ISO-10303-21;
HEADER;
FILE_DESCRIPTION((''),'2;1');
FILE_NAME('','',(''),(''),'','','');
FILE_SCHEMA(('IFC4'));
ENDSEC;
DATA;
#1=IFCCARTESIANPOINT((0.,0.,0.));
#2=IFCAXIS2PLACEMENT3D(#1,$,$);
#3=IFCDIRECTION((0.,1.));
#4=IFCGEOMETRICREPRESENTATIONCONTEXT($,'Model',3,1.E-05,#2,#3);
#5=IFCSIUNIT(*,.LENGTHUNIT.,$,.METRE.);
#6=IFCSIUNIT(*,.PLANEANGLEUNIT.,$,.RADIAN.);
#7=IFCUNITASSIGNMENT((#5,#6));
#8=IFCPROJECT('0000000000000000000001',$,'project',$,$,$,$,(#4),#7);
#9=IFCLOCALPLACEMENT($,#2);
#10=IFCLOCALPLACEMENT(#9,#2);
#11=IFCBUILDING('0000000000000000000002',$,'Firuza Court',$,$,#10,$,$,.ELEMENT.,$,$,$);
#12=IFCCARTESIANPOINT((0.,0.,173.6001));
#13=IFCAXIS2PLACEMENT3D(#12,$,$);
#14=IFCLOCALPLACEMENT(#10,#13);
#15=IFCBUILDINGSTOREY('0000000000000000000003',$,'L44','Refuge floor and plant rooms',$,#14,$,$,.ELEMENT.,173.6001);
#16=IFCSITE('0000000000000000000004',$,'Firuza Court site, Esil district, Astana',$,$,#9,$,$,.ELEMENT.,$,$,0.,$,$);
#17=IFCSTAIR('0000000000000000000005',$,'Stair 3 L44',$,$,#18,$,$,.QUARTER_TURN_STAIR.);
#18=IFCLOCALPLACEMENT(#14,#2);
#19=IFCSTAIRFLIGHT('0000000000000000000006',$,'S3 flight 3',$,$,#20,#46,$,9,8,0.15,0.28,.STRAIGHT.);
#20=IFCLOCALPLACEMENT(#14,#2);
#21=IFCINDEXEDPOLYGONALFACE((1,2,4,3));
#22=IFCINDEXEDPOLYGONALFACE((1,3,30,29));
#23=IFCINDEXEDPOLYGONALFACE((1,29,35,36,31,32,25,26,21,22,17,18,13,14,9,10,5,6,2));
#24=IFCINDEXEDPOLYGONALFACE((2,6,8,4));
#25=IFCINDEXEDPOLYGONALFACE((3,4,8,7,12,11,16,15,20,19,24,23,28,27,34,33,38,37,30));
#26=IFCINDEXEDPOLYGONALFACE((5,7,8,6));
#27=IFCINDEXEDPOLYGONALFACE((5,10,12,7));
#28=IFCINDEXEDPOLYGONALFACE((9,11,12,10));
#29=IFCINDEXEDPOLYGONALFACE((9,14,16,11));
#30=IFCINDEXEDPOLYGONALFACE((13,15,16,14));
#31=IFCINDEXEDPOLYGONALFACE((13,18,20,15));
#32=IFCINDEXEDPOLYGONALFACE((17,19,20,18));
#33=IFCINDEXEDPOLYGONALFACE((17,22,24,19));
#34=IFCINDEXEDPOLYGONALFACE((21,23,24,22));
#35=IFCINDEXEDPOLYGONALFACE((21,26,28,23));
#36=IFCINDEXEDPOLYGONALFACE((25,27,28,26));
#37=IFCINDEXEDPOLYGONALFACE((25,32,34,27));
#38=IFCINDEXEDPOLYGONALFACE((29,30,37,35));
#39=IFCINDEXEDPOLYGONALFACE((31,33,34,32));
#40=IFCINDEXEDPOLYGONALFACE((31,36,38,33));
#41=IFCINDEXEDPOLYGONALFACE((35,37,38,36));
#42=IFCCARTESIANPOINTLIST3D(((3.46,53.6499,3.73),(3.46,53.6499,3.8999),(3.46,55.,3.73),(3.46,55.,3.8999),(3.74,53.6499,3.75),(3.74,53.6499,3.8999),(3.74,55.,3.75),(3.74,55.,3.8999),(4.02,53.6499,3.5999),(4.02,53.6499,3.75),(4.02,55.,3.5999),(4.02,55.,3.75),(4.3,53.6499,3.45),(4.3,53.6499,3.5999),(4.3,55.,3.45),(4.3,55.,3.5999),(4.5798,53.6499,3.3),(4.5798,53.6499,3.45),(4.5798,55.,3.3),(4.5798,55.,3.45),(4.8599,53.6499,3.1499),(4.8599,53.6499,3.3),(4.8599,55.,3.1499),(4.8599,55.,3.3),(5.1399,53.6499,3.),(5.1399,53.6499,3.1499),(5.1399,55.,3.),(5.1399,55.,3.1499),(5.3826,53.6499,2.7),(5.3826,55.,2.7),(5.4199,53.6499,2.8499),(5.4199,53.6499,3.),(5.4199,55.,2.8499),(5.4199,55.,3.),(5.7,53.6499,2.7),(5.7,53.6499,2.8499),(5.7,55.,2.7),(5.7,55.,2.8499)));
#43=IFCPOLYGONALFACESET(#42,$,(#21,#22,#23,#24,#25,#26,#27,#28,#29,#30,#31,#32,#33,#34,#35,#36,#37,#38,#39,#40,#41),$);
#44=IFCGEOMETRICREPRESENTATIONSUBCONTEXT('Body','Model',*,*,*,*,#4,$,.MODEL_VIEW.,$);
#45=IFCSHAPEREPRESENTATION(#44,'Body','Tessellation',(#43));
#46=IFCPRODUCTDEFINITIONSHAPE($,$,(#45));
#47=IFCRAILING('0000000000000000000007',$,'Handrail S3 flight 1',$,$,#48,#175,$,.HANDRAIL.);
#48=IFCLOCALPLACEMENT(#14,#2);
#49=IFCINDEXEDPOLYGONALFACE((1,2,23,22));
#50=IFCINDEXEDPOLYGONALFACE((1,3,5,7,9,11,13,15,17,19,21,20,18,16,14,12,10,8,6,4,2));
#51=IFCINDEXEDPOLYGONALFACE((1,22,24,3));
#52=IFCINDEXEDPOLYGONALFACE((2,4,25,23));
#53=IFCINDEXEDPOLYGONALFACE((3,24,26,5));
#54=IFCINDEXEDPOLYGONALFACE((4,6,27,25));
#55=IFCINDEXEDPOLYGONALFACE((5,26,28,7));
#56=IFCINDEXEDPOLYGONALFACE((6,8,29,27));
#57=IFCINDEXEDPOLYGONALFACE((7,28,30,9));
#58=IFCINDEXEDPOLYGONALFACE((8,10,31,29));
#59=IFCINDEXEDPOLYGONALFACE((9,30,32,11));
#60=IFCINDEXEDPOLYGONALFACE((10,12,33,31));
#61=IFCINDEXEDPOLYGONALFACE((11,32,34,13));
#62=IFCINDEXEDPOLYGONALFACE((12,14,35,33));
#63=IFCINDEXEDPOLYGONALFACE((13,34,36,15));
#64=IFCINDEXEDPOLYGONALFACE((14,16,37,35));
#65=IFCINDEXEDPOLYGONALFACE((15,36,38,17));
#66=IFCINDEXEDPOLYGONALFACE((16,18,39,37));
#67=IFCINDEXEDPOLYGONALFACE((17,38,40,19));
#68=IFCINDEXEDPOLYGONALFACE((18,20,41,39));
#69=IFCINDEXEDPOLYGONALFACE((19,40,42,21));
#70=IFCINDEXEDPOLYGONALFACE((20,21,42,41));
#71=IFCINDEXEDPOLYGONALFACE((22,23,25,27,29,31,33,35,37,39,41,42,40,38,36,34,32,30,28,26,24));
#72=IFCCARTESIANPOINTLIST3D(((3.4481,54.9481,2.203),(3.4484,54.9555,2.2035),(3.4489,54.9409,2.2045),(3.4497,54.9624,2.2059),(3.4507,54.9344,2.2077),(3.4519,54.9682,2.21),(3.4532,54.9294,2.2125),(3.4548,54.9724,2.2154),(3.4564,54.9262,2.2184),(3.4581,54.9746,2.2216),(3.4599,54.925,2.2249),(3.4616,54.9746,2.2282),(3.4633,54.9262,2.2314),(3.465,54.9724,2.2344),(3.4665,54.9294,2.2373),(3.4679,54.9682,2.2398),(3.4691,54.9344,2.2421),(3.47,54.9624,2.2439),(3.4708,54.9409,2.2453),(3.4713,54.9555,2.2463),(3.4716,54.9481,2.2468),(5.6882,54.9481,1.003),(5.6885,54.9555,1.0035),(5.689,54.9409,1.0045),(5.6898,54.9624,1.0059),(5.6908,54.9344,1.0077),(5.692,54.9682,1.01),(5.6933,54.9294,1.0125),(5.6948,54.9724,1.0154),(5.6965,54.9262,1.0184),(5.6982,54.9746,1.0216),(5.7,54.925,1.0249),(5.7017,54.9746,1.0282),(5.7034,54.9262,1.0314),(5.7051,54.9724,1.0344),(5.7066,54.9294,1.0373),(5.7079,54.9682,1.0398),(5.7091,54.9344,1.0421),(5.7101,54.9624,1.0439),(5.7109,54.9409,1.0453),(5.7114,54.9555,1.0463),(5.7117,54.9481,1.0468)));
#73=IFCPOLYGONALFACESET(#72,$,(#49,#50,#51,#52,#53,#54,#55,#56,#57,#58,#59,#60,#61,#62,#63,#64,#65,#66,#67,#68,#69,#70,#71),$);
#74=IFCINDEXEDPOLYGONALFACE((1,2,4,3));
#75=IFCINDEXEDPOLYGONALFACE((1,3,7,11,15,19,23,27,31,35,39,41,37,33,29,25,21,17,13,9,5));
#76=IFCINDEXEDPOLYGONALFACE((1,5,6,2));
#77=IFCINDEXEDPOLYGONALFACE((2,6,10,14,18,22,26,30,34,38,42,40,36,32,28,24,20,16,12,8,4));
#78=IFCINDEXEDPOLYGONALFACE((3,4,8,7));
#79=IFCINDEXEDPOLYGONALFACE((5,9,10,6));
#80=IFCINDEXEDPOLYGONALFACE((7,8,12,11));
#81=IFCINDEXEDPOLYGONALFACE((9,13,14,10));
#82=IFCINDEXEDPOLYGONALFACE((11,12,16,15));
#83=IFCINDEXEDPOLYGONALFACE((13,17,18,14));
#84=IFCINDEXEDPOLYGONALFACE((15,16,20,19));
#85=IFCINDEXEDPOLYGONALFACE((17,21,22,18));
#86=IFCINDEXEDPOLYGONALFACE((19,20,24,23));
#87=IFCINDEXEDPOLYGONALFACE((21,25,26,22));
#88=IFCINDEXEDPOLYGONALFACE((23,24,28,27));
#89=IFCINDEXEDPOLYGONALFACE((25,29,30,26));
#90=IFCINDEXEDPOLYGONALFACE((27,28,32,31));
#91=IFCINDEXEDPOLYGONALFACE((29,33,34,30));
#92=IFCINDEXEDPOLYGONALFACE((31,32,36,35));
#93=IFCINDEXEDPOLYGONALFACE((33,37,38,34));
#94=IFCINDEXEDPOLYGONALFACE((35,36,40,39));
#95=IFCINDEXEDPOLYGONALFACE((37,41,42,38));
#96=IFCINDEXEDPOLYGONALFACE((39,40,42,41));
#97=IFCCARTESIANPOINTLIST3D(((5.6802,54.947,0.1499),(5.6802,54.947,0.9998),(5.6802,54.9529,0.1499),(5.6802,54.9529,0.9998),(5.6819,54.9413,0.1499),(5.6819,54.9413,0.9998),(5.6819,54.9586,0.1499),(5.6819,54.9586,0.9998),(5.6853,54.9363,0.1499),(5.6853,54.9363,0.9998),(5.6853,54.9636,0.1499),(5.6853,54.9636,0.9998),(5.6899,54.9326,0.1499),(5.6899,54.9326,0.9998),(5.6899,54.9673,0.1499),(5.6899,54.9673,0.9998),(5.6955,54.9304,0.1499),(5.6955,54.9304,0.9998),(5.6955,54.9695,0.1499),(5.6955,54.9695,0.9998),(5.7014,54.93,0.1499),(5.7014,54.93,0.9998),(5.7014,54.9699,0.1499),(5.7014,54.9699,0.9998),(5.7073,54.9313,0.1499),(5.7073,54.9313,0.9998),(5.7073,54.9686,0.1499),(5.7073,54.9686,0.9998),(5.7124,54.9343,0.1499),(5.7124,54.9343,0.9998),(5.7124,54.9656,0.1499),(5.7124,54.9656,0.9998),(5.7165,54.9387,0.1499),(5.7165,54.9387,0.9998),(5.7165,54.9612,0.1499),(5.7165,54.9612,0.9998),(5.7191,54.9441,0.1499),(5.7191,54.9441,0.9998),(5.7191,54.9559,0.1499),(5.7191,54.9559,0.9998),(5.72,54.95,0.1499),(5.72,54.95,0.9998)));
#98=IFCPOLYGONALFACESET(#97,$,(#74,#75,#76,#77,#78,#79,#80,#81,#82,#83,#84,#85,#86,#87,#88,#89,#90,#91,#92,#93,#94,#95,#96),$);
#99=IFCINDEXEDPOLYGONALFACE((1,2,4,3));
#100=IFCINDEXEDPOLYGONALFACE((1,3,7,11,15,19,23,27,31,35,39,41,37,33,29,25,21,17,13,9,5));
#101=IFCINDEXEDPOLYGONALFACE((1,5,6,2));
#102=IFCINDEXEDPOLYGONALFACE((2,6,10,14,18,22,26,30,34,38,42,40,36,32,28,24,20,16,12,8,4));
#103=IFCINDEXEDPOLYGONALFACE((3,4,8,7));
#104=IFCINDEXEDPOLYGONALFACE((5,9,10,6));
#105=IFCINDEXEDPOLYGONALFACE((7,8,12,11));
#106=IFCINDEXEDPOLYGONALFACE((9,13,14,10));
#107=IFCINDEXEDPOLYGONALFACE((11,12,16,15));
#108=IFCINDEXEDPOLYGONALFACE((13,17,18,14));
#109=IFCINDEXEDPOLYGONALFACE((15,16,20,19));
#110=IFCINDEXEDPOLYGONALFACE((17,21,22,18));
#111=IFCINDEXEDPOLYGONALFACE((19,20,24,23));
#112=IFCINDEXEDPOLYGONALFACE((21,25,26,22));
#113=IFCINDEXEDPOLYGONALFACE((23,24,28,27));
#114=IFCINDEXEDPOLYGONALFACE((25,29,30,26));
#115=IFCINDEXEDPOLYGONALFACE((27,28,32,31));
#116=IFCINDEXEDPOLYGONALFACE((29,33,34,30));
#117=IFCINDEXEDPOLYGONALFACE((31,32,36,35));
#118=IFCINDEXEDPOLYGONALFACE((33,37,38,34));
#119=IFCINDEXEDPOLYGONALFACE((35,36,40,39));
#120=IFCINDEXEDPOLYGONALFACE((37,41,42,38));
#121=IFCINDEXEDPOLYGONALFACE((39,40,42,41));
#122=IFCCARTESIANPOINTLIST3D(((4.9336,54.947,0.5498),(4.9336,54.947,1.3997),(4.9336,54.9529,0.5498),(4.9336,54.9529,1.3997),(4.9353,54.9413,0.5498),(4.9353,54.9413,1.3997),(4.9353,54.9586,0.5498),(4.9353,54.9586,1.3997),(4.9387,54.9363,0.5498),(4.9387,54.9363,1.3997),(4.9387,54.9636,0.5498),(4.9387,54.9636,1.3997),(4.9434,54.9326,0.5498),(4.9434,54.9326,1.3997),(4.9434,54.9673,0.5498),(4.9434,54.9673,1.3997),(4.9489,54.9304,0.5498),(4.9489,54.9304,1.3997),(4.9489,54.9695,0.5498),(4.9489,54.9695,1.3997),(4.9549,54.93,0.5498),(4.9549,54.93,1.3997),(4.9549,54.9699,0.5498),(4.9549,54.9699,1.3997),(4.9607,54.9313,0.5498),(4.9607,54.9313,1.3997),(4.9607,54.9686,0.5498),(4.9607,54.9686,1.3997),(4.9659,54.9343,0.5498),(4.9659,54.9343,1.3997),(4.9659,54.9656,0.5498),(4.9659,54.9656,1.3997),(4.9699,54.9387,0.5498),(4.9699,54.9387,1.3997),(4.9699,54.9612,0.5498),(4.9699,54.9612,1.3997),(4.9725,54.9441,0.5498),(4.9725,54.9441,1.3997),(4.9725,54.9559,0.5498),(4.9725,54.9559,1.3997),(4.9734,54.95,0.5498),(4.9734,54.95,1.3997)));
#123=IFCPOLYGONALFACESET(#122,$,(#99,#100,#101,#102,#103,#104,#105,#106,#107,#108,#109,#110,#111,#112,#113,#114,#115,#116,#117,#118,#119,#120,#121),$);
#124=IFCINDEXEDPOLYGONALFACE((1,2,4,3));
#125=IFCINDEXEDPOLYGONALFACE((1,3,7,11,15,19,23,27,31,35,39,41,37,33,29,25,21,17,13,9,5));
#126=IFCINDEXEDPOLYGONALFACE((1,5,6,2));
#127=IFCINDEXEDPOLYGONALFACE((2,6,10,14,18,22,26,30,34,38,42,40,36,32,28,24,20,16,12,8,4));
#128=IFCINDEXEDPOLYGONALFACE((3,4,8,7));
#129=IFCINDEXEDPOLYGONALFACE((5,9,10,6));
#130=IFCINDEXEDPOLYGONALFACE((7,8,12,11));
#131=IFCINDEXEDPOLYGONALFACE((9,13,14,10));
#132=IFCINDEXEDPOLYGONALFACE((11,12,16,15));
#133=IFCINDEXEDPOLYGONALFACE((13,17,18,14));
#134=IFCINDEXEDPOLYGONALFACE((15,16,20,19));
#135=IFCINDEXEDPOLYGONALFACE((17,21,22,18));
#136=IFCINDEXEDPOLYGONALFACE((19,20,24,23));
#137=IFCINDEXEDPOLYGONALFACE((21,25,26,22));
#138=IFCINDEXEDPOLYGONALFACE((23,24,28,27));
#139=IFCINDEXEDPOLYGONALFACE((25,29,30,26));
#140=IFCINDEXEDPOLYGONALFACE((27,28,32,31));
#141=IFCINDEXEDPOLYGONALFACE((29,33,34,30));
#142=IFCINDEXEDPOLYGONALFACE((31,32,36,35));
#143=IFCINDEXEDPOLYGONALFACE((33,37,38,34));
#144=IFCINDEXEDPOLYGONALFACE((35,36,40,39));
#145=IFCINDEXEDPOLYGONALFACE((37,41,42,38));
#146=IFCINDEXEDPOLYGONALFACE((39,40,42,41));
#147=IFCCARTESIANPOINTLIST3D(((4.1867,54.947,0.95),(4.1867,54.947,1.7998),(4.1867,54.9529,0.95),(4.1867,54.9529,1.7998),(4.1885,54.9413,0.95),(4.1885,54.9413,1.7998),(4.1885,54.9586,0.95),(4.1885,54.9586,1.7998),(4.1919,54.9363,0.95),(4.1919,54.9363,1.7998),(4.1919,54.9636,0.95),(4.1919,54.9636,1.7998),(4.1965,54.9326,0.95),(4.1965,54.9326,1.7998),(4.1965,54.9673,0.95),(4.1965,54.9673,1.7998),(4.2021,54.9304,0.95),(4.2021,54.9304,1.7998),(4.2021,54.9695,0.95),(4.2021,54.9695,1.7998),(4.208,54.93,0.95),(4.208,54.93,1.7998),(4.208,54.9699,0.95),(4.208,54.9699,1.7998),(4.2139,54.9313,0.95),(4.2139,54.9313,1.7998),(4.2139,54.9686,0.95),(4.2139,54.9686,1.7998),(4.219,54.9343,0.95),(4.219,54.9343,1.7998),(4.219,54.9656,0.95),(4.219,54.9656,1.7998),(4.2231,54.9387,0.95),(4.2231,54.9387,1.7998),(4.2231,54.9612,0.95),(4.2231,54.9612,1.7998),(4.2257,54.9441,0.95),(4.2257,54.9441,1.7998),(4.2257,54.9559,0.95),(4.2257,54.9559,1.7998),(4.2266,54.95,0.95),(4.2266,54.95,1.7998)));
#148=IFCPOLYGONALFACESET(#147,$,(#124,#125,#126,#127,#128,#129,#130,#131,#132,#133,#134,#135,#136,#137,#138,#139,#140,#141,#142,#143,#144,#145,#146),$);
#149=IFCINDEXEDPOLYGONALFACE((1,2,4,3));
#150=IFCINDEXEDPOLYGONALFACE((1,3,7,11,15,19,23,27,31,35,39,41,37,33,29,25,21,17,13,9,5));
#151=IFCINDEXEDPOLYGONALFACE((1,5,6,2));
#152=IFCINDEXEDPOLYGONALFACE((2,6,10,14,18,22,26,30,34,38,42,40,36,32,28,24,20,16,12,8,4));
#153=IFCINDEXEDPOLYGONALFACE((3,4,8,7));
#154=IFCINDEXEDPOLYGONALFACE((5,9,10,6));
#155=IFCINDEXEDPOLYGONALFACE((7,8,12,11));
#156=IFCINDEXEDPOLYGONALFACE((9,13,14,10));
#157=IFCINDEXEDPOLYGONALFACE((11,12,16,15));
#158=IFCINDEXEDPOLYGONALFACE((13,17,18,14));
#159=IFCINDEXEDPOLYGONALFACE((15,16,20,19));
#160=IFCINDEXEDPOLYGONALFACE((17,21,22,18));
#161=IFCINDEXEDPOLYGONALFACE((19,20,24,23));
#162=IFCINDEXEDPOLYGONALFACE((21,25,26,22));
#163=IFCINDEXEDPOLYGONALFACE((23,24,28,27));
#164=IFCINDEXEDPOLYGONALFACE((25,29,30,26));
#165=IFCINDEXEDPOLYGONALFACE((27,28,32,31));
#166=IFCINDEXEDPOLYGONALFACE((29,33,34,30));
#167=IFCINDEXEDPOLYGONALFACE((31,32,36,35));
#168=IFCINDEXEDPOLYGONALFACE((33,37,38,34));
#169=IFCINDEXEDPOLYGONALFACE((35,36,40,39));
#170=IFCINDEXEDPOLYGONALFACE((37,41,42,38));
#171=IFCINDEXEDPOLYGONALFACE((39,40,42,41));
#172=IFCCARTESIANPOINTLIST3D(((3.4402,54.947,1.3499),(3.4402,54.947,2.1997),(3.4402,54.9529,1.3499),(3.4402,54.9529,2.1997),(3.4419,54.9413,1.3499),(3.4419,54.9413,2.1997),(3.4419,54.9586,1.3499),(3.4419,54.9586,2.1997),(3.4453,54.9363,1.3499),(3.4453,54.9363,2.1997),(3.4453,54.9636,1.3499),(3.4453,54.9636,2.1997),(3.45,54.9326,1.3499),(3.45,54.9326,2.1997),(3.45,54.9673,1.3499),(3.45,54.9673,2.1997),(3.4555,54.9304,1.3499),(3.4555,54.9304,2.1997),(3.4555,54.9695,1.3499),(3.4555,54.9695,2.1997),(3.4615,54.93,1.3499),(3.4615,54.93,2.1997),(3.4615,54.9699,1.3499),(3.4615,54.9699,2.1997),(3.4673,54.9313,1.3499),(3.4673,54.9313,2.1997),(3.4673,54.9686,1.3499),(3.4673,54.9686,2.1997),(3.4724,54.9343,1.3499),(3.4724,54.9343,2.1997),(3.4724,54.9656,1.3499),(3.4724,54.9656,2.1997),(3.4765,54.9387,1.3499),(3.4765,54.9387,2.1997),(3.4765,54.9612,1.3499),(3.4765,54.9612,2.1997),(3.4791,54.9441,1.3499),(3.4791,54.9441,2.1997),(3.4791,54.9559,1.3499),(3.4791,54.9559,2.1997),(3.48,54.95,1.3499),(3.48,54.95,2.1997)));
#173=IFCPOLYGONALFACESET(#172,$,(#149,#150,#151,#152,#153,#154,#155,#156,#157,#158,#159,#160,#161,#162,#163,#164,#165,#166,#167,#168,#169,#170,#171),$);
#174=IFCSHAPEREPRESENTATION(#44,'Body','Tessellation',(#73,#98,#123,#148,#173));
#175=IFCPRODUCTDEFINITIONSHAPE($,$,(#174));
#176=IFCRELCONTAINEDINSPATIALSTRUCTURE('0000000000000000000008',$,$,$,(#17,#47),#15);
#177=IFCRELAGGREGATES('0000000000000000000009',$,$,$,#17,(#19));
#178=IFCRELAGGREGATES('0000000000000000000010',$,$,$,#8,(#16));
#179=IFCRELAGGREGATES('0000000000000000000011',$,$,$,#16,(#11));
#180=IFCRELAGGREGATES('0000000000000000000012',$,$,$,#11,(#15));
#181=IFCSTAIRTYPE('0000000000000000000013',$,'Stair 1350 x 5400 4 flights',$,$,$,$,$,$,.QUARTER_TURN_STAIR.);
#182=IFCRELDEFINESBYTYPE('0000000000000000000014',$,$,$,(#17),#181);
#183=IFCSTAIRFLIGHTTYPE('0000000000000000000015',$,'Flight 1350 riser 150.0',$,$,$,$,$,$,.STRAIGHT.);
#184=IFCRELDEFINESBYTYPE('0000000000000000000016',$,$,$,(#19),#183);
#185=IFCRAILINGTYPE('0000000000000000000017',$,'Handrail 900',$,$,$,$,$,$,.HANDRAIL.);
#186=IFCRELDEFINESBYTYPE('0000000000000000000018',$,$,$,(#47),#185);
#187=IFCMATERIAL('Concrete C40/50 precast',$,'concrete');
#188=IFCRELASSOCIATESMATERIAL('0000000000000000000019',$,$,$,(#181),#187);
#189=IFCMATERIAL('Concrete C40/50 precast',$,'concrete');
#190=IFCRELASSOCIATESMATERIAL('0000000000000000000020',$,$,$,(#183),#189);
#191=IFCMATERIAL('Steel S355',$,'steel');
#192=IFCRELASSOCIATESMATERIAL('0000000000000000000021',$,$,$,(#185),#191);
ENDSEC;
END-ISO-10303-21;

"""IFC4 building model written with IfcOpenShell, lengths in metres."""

from ifc_helpers import new_model, si_unit, direction, frame, origin, origin_2d, place, context, subcontext, project, spatial, polyline, circle, outline, extrude, material, type_object, element, aggregate, save


model = new_model("IFC4")

# Units and contexts
model_context = context("Model", 3, precision=1e-05, world=origin(), true_north=direction((0.0, 1.0)))
body_context = subcontext(model_context, "Body", "Model", "MODEL_VIEW")
ifc_project = project(units=[si_unit("LENGTHUNIT", "METRE"), si_unit("PLANEANGLEUNIT", "RADIAN")], contexts=[model_context])

# Site, building, storey
site_placement = place(None, origin())
site = spatial("IfcSite", under=ifc_project, at=site_placement, Name="Firuza Court site, Esil district, Astana", CompositionType="ELEMENT", RefElevation=0.0)
building_placement = place(site_placement, origin())
building = spatial("IfcBuilding", under=site, at=building_placement, Name="Firuza Court", CompositionType="ELEMENT")
storey_placement = place(building_placement, frame((0.0, 0.0, 173.6001)))
storey = spatial("IfcBuildingStorey", under=building, at=storey_placement, Name="L44", Description="Refuge floor and plant rooms", CompositionType="ELEMENT", Elevation=173.6001)

# Stair, stair flight
ifc_material_1 = material(Name="Concrete C40/50 precast", Category="concrete")
stair_type = type_object("IfcStairType", Name="Stair 1350 x 5400 4 flights", PredefinedType="QUARTER_TURN_STAIR", material=ifc_material_1)
stair_placement = place(storey_placement, origin())
stair = element("IfcStair", 1, at=stair_placement, inside=storey, type_object=stair_type, Name="Stair 3 L44", PredefinedType="QUARTER_TURN_STAIR")
ifc_material_2 = material(Name="Concrete C40/50 precast", Category="concrete")
stair_flight_type = type_object("IfcStairFlightType", Name="Flight 1350 riser 150.0", PredefinedType="STRAIGHT", material=ifc_material_2)
stair_flight_1_placement = place(storey_placement, frame((5.7, 54.325, 2.7), z_axis=(0.0, 0.0, 1.0), x_axis=(-1.0, 0.0, 0.0)))
stair_flight_1 = element("IfcStairFlight", 2, at=stair_flight_1_placement, type_object=stair_flight_type, Name="S3 flight 3", NumberOfRisers=9, NumberOfTreads=8, PredefinedType="STRAIGHT", RiserHeight=0.15, TreadLength=0.28, context=body_context, shape_type="SweptSolid", body=[
    extrude(outline(polyline([(0.0, 0.0), (0.0, 0.1499), (0.28, 0.1499), (0.28, 0.3), (0.5601, 0.3), (0.5601, 0.45), (0.8401, 0.45), (0.8401, 0.6001), (1.1201, 0.6001), (1.1201, 0.75), (1.3999, 0.75), (1.3999, 0.8999), (1.6799, 0.8999), (1.6799, 1.05), (1.96, 1.05), (1.96, 1.2), (2.24, 1.2), (2.24, 1.3501), (2.24, 1.03), (0.3174, 0.0), (0.0, 0.0)])), frame((0.0, 0.675, 0.0), z_axis=(0.0, -1.0, 0.0), x_axis=(1.0, 0.0, 0.0)), (0.0, 0.0, 1.0), 1.3501),
])
aggregate(stair, [stair_flight_1])

# Railing
ifc_material_3 = material(Name="Steel S355", Category="steel")
railing_type_1 = type_object("IfcRailingType", Name="Handrail 900", PredefinedType="HANDRAIL", material=ifc_material_3)
for number, where, name in (
    (3, (5.7, 54.95, 0.1499), "Handrail S3 flight 1"),
):
    element("IfcRailing", number, at=place(storey_placement, frame(where)), inside=storey, type_object=railing_type_1, Name=name, PredefinedType="HANDRAIL", context=body_context, shape_type="SweptSolid", body=[
        extrude(circle(Radius=0.0249, at=origin_2d()), frame((0.0, 0.0, 0.875), z_axis=(-0.881487, 0.0, 0.472208), x_axis=(0.0, -1.0, 0.0)), (0.0, 0.0, 1.0), 2.5413),
        extrude(circle(Radius=0.02, at=origin_2d()), origin(), (0.0, 0.0, 1.0), 0.8499),
        extrude(circle(Radius=0.02, at=origin_2d()), frame((-0.7466, 0.0, 0.3999)), (0.0, 0.0, 1.0), 0.8499),
        extrude(circle(Radius=0.02, at=origin_2d()), frame((-1.4934, 0.0, 0.8)), (0.0, 0.0, 1.0), 0.8499),
        extrude(circle(Radius=0.02, at=origin_2d()), frame((-2.24, 0.0, 1.2)), (0.0, 0.0, 1.0), 0.8499),
    ])

save(model, "model.ifc")
